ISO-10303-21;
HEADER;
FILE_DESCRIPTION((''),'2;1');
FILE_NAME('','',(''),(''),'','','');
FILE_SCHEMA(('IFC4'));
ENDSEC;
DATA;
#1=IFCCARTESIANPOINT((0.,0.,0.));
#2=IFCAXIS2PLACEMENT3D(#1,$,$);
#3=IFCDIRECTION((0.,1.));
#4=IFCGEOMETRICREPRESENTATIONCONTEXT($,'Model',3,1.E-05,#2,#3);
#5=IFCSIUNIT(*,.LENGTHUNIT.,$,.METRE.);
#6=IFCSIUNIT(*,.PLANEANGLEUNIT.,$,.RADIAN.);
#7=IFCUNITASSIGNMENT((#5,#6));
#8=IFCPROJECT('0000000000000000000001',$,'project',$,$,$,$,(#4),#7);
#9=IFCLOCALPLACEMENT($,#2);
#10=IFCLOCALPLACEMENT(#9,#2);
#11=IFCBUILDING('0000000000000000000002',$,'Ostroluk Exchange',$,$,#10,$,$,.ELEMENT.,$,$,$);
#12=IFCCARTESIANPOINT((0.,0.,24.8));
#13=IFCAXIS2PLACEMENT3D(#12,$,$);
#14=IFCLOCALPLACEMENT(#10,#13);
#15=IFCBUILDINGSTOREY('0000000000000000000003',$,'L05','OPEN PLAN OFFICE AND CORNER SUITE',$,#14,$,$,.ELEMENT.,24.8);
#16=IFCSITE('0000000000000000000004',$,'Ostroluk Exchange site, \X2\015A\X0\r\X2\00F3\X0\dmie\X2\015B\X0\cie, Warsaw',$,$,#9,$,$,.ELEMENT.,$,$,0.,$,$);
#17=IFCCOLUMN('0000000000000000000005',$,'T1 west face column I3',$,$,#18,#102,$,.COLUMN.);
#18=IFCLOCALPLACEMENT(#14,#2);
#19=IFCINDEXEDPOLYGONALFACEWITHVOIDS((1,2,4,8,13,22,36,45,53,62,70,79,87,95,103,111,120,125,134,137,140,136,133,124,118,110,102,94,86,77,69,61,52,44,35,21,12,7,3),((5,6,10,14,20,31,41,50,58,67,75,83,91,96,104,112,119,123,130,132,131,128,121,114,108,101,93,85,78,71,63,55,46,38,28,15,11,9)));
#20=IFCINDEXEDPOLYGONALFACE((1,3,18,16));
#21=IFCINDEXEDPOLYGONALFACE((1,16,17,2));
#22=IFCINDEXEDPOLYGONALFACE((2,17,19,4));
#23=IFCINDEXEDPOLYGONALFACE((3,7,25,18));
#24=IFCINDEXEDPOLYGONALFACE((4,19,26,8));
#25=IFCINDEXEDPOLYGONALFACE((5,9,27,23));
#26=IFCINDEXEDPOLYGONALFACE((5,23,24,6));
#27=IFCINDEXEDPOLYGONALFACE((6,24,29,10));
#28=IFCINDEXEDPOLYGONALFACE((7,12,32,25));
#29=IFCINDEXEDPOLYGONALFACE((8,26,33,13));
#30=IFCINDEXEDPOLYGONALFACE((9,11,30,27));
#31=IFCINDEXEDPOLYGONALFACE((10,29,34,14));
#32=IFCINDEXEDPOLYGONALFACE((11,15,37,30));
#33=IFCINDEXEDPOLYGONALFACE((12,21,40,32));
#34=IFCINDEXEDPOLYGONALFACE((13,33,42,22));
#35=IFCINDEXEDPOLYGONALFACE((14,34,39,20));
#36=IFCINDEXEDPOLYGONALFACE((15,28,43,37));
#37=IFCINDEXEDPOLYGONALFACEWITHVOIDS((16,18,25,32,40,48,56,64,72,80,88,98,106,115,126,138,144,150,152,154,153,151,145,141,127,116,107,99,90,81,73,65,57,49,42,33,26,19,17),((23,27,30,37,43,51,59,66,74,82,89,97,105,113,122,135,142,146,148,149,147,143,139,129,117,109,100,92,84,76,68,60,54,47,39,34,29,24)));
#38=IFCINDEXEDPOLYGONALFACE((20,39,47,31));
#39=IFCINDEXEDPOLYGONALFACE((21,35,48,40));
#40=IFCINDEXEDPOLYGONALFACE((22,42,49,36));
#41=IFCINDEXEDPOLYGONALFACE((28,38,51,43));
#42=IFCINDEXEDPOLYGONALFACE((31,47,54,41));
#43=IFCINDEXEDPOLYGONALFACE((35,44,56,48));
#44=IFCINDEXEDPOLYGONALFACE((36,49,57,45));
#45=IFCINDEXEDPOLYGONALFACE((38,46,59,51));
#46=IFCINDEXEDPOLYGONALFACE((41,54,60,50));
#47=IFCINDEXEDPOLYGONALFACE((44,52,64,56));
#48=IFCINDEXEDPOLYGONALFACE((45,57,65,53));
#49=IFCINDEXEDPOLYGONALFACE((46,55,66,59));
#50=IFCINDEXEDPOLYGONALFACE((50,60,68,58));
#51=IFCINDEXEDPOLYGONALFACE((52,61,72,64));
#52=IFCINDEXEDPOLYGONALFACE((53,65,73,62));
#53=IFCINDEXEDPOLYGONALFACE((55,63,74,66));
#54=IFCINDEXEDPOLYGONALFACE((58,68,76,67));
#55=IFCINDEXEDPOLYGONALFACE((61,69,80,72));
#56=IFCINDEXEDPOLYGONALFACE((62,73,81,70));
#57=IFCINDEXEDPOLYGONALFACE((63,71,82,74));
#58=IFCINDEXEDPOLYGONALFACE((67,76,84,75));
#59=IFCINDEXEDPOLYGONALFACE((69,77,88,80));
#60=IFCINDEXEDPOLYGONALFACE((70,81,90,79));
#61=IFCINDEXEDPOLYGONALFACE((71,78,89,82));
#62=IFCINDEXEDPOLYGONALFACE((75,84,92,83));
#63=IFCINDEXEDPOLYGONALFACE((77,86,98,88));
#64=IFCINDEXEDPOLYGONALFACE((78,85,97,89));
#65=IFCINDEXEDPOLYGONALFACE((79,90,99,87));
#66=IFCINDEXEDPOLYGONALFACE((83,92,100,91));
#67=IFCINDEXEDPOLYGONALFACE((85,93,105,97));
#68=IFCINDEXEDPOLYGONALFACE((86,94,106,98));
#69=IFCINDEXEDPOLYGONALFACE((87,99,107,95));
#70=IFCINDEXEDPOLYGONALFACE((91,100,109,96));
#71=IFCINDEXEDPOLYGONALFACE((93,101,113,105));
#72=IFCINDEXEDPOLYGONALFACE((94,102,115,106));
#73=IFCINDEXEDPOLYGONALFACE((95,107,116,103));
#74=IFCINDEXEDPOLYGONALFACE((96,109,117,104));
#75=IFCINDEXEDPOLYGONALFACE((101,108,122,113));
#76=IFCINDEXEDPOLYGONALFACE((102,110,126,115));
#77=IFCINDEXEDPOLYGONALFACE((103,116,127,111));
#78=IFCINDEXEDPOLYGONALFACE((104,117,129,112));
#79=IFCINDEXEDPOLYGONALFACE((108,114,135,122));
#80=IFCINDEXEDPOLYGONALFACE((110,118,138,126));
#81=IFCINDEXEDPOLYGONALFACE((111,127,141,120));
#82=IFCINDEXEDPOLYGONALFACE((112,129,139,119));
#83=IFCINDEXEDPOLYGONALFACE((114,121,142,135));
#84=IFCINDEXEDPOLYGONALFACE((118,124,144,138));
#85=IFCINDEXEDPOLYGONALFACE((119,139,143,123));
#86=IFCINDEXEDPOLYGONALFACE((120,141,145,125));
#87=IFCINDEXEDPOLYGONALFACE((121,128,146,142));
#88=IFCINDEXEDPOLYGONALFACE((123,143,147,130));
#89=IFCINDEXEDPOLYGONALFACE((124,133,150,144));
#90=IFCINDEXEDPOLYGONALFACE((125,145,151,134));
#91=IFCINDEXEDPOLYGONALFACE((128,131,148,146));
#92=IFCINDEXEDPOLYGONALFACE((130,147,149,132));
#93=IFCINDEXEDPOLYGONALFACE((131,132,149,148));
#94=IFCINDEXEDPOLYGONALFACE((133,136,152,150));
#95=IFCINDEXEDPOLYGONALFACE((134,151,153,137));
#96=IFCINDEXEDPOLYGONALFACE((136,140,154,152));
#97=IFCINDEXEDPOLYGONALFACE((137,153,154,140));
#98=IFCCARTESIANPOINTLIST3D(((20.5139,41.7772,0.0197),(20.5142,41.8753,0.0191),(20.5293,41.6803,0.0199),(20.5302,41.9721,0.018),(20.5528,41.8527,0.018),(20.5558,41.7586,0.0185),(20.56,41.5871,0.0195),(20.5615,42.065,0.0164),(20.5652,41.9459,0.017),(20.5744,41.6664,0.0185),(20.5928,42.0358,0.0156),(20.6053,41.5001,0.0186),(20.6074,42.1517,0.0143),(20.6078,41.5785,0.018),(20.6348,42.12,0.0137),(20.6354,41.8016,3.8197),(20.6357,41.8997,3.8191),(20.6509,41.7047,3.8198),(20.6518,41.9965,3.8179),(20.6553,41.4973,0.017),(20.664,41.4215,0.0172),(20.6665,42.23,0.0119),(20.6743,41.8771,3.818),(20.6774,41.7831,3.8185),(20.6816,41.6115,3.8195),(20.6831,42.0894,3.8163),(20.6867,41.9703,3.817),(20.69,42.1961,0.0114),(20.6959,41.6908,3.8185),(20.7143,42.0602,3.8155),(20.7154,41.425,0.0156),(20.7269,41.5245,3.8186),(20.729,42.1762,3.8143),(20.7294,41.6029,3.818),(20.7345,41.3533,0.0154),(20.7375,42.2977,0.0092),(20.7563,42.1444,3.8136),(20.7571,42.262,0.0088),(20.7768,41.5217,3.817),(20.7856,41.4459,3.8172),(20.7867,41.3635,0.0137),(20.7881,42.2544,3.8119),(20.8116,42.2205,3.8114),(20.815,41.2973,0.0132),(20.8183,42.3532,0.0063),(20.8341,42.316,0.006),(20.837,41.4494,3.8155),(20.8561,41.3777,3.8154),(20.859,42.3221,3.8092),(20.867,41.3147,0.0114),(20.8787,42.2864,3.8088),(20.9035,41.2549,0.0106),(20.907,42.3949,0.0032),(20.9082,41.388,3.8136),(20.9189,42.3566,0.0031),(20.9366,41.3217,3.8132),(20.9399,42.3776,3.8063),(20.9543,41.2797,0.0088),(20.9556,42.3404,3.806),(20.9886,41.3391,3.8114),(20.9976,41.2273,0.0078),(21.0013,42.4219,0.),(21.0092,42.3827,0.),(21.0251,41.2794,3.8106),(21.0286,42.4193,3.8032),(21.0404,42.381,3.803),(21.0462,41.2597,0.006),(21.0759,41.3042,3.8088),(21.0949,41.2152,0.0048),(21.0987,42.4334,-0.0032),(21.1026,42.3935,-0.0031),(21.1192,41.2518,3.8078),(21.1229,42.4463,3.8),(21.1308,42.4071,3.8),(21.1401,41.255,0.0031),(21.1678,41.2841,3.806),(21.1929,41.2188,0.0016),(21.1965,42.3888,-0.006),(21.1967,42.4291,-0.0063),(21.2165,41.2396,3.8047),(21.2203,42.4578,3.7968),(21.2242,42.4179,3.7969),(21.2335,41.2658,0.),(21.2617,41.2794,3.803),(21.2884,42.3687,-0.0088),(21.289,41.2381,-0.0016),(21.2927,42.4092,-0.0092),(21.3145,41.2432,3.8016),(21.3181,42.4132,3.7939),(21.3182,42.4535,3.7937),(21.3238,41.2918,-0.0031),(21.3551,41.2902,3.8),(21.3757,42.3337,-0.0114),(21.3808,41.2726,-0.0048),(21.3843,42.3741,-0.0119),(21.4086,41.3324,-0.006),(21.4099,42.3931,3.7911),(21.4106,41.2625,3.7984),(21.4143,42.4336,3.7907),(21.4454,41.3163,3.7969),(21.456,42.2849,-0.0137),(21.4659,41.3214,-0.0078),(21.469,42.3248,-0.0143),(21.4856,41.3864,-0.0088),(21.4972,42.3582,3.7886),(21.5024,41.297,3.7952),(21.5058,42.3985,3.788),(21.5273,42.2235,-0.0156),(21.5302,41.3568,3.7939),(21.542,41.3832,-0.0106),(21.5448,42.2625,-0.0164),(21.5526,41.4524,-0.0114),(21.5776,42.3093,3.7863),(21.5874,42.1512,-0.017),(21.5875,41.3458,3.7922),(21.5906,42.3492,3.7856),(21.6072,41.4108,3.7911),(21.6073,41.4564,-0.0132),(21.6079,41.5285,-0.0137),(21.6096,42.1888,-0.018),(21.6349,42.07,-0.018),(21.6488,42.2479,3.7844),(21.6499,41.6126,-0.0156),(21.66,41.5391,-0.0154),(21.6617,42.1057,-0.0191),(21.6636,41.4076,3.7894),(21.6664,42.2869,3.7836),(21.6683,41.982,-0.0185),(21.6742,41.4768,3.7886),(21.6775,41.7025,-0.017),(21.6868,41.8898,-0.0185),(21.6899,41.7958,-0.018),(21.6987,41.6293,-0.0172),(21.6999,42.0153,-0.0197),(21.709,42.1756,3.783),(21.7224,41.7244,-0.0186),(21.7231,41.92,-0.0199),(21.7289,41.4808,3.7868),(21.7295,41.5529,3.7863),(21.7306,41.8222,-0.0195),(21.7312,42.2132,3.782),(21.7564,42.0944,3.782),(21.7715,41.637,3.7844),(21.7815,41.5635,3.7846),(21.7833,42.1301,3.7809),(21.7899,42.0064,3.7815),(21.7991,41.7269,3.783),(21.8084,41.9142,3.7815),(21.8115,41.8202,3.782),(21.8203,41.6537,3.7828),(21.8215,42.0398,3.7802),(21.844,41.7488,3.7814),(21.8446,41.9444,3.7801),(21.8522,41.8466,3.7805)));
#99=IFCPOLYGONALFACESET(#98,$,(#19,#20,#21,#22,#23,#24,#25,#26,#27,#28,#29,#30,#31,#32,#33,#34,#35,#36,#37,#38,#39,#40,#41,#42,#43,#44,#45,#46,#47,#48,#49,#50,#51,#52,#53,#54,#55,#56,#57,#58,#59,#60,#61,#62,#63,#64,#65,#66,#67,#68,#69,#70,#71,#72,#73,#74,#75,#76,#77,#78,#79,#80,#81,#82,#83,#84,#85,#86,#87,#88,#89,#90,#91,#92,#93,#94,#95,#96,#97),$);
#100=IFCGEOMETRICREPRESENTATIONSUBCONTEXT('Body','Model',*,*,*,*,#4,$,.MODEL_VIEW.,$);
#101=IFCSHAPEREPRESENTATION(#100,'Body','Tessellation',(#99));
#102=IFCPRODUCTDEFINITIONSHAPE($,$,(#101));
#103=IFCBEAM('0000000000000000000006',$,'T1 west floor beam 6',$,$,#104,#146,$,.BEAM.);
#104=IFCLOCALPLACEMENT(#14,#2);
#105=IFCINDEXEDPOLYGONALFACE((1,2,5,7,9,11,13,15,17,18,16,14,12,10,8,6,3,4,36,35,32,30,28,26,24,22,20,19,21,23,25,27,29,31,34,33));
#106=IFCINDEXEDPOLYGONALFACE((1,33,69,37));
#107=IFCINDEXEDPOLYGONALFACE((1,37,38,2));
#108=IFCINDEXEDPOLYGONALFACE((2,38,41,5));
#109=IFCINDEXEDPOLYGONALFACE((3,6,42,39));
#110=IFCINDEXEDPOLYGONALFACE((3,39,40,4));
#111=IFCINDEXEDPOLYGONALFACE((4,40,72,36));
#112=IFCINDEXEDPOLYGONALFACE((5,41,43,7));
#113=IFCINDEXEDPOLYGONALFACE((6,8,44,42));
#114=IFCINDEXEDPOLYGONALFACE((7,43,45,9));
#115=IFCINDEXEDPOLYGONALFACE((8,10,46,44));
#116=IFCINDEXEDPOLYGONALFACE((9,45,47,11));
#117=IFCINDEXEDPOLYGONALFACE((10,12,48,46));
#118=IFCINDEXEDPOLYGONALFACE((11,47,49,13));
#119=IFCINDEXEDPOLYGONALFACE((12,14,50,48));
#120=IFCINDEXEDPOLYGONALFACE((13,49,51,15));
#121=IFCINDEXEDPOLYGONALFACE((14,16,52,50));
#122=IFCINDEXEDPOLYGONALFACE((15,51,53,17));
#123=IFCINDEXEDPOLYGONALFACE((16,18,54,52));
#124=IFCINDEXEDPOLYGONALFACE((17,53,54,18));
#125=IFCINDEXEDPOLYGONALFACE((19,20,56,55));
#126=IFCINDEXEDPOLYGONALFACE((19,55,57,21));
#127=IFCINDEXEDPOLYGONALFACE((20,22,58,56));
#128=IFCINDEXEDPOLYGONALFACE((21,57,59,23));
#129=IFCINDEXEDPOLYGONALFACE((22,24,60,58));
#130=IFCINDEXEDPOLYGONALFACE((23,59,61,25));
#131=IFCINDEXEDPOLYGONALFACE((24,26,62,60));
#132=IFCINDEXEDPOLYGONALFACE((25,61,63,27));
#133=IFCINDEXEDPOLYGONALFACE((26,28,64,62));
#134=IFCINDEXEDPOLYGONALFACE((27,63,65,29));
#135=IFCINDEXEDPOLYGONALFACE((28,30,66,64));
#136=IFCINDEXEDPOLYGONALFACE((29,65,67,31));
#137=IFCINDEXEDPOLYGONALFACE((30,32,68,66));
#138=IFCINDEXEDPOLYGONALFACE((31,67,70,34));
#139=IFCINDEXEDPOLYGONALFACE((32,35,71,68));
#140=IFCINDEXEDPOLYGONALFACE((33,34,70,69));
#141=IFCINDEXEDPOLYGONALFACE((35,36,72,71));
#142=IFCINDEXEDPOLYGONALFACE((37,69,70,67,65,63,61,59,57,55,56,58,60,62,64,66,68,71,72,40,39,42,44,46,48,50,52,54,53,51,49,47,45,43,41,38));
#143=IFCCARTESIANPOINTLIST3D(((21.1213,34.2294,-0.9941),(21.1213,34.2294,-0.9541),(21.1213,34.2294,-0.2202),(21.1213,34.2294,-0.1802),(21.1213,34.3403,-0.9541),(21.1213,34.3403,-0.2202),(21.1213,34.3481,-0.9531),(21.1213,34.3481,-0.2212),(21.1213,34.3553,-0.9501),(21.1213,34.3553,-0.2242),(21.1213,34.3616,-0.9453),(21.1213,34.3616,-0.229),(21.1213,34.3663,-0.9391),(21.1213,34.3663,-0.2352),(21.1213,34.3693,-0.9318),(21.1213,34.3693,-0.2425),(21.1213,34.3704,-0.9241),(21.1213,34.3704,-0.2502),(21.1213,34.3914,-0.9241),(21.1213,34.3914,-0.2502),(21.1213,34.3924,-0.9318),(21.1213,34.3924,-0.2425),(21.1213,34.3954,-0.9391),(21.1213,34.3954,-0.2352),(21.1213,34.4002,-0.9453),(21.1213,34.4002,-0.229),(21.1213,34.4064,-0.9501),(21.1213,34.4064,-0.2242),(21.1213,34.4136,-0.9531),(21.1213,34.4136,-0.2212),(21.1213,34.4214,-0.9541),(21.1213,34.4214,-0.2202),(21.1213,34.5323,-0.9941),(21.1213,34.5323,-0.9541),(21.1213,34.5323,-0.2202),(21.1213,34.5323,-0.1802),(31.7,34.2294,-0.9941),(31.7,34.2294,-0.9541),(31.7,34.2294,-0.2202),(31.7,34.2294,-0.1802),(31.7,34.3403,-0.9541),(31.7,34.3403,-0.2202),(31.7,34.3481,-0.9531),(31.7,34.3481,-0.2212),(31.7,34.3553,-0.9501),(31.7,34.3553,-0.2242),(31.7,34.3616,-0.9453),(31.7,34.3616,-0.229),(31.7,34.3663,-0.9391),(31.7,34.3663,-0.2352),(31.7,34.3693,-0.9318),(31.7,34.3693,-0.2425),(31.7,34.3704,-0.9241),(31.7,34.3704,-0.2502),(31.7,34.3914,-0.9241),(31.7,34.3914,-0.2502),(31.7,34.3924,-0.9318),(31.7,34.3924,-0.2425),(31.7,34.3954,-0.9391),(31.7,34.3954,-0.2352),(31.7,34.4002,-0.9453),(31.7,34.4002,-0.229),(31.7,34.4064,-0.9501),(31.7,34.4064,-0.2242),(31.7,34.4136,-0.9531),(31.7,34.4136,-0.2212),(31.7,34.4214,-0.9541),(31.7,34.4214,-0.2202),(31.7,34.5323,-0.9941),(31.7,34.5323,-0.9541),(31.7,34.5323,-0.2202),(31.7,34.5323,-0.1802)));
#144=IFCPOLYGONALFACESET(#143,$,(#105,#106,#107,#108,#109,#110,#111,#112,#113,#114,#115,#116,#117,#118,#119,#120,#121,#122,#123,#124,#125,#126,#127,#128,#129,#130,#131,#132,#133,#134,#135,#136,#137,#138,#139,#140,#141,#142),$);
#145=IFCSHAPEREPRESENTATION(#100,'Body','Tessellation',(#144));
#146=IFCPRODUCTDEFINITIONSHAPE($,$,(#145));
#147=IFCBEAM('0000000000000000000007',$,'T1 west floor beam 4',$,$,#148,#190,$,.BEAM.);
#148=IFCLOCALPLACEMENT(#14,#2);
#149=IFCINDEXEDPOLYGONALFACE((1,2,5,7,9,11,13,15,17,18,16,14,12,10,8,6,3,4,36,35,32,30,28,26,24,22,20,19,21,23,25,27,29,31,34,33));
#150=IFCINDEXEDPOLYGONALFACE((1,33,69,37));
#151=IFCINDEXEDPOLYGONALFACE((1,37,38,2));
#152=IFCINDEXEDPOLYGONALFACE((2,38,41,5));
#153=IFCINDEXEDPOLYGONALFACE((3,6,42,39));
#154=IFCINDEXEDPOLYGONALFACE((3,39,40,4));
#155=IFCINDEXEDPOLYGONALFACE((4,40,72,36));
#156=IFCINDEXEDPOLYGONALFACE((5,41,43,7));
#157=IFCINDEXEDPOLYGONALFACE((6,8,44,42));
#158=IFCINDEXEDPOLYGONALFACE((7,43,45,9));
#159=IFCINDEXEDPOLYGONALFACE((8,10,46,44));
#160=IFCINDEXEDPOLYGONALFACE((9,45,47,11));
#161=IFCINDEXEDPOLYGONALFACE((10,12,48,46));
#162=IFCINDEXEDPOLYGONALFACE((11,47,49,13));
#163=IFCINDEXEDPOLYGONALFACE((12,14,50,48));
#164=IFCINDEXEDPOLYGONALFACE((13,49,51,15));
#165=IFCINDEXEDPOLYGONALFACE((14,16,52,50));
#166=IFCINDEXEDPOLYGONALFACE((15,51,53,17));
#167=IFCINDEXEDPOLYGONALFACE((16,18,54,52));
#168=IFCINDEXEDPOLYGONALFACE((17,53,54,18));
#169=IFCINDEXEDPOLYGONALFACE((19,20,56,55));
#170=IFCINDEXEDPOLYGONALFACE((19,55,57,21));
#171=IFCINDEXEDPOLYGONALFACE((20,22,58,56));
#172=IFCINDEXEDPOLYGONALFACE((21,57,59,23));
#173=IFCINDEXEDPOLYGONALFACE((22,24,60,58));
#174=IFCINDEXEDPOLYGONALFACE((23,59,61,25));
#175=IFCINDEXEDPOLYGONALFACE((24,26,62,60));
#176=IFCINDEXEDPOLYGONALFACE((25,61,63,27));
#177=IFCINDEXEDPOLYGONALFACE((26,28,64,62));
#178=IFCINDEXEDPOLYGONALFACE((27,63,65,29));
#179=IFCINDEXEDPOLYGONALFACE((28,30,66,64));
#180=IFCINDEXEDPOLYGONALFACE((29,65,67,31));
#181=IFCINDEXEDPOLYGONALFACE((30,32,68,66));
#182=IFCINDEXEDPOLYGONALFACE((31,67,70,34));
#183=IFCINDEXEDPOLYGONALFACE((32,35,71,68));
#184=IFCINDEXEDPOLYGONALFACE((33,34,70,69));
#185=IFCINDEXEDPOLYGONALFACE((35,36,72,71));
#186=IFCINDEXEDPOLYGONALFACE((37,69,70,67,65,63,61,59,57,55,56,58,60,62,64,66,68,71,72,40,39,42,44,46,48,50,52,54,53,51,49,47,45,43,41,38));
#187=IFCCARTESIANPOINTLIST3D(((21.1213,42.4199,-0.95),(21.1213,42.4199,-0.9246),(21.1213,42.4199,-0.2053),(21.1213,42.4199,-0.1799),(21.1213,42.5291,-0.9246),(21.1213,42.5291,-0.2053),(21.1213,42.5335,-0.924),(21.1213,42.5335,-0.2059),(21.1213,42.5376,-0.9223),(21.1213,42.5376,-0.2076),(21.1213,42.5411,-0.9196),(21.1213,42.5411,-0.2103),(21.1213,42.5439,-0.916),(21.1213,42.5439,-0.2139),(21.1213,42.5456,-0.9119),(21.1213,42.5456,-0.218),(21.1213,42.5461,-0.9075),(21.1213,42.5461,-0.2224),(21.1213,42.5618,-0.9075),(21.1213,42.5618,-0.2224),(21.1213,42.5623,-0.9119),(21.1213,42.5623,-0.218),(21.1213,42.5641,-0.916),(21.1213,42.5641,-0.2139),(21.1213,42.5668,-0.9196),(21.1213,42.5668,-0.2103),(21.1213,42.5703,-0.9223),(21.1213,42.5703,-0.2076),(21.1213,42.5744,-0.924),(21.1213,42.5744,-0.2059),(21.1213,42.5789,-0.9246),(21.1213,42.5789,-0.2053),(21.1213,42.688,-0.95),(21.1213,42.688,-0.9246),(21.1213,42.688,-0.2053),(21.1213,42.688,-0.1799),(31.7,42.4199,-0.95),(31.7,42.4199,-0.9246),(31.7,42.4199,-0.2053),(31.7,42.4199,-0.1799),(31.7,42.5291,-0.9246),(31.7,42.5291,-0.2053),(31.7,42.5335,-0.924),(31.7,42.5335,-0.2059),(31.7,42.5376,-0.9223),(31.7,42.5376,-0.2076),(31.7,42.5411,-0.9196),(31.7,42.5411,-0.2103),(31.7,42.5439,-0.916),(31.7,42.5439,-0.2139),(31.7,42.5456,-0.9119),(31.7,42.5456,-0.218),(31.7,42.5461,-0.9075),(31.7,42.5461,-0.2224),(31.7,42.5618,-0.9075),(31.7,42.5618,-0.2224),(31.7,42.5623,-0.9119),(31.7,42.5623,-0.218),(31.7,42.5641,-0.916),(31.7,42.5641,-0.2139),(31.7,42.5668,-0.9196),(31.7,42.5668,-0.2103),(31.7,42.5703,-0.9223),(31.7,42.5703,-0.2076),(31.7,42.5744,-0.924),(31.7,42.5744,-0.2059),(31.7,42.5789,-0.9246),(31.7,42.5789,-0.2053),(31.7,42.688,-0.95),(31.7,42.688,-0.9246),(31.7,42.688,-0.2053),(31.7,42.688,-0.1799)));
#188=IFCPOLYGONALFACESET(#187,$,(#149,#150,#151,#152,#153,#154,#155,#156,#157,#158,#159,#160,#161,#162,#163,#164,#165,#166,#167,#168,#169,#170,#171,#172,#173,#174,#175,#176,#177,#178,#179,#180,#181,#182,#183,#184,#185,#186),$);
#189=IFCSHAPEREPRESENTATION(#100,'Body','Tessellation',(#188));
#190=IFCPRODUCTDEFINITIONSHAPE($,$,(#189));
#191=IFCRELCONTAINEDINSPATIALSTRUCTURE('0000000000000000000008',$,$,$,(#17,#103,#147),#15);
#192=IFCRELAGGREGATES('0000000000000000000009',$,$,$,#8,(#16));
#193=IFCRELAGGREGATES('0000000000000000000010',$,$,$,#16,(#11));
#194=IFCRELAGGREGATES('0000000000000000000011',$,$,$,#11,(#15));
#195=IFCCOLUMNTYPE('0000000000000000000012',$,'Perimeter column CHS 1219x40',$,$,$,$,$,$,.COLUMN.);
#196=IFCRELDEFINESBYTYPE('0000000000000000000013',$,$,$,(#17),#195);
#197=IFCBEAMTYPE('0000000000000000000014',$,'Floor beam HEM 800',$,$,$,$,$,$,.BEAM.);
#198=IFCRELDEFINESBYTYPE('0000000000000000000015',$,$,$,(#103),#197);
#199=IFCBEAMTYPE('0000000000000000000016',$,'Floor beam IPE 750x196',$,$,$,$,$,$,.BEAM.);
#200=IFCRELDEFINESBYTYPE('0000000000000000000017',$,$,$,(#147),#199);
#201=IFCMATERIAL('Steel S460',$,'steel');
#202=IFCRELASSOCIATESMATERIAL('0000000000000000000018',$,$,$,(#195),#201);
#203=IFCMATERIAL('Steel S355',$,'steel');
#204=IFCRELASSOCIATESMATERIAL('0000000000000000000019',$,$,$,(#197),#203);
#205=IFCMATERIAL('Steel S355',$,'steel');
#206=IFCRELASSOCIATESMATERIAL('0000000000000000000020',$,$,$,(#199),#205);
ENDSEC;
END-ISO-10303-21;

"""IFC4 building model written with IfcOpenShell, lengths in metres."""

from ifc_helpers import new_model, si_unit, direction, frame, origin, origin_2d, place, context, subcontext, project, spatial, hollow_circle, i_section, extrude, material, material_profile, profile_set, type_object, element, save


model = new_model("IFC4")

# Units and contexts
model_context = context("Model", 3, precision=1e-05, world=origin(), true_north=direction((0.0, 1.0)))
body_context = subcontext(model_context, "Body", "Model", "MODEL_VIEW")
ifc_project = project(units=[si_unit("LENGTHUNIT", "METRE"), si_unit("PLANEANGLEUNIT", "RADIAN")], contexts=[model_context])

# Site, building, storey
site_placement = place(None, origin())
site = spatial("IfcSite", under=ifc_project, at=site_placement, Name="Ostroluk Exchange site, Śródmieście, Warsaw", CompositionType="ELEMENT", RefElevation=0.0)
building_placement = place(site_placement, origin())
building = spatial("IfcBuilding", under=site, at=building_placement, Name="Ostroluk Exchange", CompositionType="ELEMENT")
storey_placement = place(building_placement, frame((0.0, 0.0, 24.8)))
storey = spatial("IfcBuildingStorey", under=building, at=storey_placement, Name="L05", Description="OPEN PLAN OFFICE AND CORNER SUITE", CompositionType="ELEMENT", Elevation=24.8)

# Column
ifc_material_1 = material(Name="Steel S460", Category="steel")
ifc_material_profile_1 = material_profile(ifc_material_1, hollow_circle(Radius=0.6096, WallThickness=0.04, at=origin_2d()), Name="CHS 1219x40")
ifc_profile_set_1 = profile_set([ifc_material_profile_1], Name="Steel S460")
column_type = type_object("IfcColumnType", Name="Perimeter column CHS 1219x40", PredefinedType="COLUMN", material=ifc_profile_set_1)
column_placement = place(storey_placement, frame((21.1213, 41.8242, 0.0), z_axis=(0.031978, 0.006421, 0.999468), x_axis=(-0.196873, 0.980429, 0.0)))
element("IfcColumn", 1, at=column_placement, inside=storey, type_object=column_type, Name="T1 west face column I3", PredefinedType="COLUMN", context=body_context, shape_type="SweptSolid", body=[
    extrude(hollow_circle(Radius=0.6096, WallThickness=0.04, at=origin_2d()), origin(), (0.0, 0.0, 1.0), 3.802),
])

# Beams
ifc_material_2 = material(Name="Steel S355", Category="steel")
ifc_material_profile_2 = material_profile(ifc_material_2, i_section(OverallWidth=0.303, OverallDepth=0.814, WebThickness=0.021, FlangeThickness=0.04, FilletRadius=0.03, at=origin_2d()), Name="HEM 800")
ifc_profile_set_2 = profile_set([ifc_material_profile_2], Name="Steel S355")
beam_type_1 = type_object("IfcBeamType", Name="Floor beam HEM 800", PredefinedType="BEAM", material=ifc_profile_set_2)
beam_1_placement = place(storey_placement, frame((31.7, 34.3809, -0.5872), z_axis=(-1.0, 0.0, 0.0), x_axis=(0.0, -1.0, 0.0)))
element("IfcBeam", 2, at=beam_1_placement, inside=storey, type_object=beam_type_1, Name="T1 west floor beam 6", PredefinedType="BEAM", context=body_context, shape_type="SweptSolid", body=[
    extrude(i_section(OverallWidth=0.303, OverallDepth=0.814, WebThickness=0.021, FlangeThickness=0.04, FilletRadius=0.03, at=origin_2d()), origin(), (0.0, 0.0, 1.0), 10.5786),
])
ifc_material_3 = material(Name="Steel S355", Category="steel")
ifc_material_profile_3 = material_profile(ifc_material_3, i_section(OverallWidth=0.2681, OverallDepth=0.77, WebThickness=0.0156, FlangeThickness=0.0254, FilletRadius=0.0171, at=origin_2d()), Name="IPE 750x196")
ifc_profile_set_3 = profile_set([ifc_material_profile_3], Name="Steel S355")
beam_type_2 = type_object("IfcBeamType", Name="Floor beam IPE 750x196", PredefinedType="BEAM", material=ifc_profile_set_3)
for number, where, z_axis, x_axis, name in (
    (3, (31.7, 42.554, -0.5649), (-1.0, 0.0, 0.0), (0.0, -1.0, 0.0), "T1 west floor beam 4"),
):
    element("IfcBeam", number, at=place(storey_placement, frame(where, z_axis=z_axis, x_axis=x_axis)), inside=storey, type_object=beam_type_2, Name=name, PredefinedType="BEAM", context=body_context, shape_type="SweptSolid", body=[
        extrude(i_section(OverallWidth=0.2681, OverallDepth=0.77, WebThickness=0.0156, FlangeThickness=0.0254, FilletRadius=0.0171, at=origin_2d()), origin(), (0.0, 0.0, 1.0), 10.5786),
    ])

save(model, "model.ifc")
